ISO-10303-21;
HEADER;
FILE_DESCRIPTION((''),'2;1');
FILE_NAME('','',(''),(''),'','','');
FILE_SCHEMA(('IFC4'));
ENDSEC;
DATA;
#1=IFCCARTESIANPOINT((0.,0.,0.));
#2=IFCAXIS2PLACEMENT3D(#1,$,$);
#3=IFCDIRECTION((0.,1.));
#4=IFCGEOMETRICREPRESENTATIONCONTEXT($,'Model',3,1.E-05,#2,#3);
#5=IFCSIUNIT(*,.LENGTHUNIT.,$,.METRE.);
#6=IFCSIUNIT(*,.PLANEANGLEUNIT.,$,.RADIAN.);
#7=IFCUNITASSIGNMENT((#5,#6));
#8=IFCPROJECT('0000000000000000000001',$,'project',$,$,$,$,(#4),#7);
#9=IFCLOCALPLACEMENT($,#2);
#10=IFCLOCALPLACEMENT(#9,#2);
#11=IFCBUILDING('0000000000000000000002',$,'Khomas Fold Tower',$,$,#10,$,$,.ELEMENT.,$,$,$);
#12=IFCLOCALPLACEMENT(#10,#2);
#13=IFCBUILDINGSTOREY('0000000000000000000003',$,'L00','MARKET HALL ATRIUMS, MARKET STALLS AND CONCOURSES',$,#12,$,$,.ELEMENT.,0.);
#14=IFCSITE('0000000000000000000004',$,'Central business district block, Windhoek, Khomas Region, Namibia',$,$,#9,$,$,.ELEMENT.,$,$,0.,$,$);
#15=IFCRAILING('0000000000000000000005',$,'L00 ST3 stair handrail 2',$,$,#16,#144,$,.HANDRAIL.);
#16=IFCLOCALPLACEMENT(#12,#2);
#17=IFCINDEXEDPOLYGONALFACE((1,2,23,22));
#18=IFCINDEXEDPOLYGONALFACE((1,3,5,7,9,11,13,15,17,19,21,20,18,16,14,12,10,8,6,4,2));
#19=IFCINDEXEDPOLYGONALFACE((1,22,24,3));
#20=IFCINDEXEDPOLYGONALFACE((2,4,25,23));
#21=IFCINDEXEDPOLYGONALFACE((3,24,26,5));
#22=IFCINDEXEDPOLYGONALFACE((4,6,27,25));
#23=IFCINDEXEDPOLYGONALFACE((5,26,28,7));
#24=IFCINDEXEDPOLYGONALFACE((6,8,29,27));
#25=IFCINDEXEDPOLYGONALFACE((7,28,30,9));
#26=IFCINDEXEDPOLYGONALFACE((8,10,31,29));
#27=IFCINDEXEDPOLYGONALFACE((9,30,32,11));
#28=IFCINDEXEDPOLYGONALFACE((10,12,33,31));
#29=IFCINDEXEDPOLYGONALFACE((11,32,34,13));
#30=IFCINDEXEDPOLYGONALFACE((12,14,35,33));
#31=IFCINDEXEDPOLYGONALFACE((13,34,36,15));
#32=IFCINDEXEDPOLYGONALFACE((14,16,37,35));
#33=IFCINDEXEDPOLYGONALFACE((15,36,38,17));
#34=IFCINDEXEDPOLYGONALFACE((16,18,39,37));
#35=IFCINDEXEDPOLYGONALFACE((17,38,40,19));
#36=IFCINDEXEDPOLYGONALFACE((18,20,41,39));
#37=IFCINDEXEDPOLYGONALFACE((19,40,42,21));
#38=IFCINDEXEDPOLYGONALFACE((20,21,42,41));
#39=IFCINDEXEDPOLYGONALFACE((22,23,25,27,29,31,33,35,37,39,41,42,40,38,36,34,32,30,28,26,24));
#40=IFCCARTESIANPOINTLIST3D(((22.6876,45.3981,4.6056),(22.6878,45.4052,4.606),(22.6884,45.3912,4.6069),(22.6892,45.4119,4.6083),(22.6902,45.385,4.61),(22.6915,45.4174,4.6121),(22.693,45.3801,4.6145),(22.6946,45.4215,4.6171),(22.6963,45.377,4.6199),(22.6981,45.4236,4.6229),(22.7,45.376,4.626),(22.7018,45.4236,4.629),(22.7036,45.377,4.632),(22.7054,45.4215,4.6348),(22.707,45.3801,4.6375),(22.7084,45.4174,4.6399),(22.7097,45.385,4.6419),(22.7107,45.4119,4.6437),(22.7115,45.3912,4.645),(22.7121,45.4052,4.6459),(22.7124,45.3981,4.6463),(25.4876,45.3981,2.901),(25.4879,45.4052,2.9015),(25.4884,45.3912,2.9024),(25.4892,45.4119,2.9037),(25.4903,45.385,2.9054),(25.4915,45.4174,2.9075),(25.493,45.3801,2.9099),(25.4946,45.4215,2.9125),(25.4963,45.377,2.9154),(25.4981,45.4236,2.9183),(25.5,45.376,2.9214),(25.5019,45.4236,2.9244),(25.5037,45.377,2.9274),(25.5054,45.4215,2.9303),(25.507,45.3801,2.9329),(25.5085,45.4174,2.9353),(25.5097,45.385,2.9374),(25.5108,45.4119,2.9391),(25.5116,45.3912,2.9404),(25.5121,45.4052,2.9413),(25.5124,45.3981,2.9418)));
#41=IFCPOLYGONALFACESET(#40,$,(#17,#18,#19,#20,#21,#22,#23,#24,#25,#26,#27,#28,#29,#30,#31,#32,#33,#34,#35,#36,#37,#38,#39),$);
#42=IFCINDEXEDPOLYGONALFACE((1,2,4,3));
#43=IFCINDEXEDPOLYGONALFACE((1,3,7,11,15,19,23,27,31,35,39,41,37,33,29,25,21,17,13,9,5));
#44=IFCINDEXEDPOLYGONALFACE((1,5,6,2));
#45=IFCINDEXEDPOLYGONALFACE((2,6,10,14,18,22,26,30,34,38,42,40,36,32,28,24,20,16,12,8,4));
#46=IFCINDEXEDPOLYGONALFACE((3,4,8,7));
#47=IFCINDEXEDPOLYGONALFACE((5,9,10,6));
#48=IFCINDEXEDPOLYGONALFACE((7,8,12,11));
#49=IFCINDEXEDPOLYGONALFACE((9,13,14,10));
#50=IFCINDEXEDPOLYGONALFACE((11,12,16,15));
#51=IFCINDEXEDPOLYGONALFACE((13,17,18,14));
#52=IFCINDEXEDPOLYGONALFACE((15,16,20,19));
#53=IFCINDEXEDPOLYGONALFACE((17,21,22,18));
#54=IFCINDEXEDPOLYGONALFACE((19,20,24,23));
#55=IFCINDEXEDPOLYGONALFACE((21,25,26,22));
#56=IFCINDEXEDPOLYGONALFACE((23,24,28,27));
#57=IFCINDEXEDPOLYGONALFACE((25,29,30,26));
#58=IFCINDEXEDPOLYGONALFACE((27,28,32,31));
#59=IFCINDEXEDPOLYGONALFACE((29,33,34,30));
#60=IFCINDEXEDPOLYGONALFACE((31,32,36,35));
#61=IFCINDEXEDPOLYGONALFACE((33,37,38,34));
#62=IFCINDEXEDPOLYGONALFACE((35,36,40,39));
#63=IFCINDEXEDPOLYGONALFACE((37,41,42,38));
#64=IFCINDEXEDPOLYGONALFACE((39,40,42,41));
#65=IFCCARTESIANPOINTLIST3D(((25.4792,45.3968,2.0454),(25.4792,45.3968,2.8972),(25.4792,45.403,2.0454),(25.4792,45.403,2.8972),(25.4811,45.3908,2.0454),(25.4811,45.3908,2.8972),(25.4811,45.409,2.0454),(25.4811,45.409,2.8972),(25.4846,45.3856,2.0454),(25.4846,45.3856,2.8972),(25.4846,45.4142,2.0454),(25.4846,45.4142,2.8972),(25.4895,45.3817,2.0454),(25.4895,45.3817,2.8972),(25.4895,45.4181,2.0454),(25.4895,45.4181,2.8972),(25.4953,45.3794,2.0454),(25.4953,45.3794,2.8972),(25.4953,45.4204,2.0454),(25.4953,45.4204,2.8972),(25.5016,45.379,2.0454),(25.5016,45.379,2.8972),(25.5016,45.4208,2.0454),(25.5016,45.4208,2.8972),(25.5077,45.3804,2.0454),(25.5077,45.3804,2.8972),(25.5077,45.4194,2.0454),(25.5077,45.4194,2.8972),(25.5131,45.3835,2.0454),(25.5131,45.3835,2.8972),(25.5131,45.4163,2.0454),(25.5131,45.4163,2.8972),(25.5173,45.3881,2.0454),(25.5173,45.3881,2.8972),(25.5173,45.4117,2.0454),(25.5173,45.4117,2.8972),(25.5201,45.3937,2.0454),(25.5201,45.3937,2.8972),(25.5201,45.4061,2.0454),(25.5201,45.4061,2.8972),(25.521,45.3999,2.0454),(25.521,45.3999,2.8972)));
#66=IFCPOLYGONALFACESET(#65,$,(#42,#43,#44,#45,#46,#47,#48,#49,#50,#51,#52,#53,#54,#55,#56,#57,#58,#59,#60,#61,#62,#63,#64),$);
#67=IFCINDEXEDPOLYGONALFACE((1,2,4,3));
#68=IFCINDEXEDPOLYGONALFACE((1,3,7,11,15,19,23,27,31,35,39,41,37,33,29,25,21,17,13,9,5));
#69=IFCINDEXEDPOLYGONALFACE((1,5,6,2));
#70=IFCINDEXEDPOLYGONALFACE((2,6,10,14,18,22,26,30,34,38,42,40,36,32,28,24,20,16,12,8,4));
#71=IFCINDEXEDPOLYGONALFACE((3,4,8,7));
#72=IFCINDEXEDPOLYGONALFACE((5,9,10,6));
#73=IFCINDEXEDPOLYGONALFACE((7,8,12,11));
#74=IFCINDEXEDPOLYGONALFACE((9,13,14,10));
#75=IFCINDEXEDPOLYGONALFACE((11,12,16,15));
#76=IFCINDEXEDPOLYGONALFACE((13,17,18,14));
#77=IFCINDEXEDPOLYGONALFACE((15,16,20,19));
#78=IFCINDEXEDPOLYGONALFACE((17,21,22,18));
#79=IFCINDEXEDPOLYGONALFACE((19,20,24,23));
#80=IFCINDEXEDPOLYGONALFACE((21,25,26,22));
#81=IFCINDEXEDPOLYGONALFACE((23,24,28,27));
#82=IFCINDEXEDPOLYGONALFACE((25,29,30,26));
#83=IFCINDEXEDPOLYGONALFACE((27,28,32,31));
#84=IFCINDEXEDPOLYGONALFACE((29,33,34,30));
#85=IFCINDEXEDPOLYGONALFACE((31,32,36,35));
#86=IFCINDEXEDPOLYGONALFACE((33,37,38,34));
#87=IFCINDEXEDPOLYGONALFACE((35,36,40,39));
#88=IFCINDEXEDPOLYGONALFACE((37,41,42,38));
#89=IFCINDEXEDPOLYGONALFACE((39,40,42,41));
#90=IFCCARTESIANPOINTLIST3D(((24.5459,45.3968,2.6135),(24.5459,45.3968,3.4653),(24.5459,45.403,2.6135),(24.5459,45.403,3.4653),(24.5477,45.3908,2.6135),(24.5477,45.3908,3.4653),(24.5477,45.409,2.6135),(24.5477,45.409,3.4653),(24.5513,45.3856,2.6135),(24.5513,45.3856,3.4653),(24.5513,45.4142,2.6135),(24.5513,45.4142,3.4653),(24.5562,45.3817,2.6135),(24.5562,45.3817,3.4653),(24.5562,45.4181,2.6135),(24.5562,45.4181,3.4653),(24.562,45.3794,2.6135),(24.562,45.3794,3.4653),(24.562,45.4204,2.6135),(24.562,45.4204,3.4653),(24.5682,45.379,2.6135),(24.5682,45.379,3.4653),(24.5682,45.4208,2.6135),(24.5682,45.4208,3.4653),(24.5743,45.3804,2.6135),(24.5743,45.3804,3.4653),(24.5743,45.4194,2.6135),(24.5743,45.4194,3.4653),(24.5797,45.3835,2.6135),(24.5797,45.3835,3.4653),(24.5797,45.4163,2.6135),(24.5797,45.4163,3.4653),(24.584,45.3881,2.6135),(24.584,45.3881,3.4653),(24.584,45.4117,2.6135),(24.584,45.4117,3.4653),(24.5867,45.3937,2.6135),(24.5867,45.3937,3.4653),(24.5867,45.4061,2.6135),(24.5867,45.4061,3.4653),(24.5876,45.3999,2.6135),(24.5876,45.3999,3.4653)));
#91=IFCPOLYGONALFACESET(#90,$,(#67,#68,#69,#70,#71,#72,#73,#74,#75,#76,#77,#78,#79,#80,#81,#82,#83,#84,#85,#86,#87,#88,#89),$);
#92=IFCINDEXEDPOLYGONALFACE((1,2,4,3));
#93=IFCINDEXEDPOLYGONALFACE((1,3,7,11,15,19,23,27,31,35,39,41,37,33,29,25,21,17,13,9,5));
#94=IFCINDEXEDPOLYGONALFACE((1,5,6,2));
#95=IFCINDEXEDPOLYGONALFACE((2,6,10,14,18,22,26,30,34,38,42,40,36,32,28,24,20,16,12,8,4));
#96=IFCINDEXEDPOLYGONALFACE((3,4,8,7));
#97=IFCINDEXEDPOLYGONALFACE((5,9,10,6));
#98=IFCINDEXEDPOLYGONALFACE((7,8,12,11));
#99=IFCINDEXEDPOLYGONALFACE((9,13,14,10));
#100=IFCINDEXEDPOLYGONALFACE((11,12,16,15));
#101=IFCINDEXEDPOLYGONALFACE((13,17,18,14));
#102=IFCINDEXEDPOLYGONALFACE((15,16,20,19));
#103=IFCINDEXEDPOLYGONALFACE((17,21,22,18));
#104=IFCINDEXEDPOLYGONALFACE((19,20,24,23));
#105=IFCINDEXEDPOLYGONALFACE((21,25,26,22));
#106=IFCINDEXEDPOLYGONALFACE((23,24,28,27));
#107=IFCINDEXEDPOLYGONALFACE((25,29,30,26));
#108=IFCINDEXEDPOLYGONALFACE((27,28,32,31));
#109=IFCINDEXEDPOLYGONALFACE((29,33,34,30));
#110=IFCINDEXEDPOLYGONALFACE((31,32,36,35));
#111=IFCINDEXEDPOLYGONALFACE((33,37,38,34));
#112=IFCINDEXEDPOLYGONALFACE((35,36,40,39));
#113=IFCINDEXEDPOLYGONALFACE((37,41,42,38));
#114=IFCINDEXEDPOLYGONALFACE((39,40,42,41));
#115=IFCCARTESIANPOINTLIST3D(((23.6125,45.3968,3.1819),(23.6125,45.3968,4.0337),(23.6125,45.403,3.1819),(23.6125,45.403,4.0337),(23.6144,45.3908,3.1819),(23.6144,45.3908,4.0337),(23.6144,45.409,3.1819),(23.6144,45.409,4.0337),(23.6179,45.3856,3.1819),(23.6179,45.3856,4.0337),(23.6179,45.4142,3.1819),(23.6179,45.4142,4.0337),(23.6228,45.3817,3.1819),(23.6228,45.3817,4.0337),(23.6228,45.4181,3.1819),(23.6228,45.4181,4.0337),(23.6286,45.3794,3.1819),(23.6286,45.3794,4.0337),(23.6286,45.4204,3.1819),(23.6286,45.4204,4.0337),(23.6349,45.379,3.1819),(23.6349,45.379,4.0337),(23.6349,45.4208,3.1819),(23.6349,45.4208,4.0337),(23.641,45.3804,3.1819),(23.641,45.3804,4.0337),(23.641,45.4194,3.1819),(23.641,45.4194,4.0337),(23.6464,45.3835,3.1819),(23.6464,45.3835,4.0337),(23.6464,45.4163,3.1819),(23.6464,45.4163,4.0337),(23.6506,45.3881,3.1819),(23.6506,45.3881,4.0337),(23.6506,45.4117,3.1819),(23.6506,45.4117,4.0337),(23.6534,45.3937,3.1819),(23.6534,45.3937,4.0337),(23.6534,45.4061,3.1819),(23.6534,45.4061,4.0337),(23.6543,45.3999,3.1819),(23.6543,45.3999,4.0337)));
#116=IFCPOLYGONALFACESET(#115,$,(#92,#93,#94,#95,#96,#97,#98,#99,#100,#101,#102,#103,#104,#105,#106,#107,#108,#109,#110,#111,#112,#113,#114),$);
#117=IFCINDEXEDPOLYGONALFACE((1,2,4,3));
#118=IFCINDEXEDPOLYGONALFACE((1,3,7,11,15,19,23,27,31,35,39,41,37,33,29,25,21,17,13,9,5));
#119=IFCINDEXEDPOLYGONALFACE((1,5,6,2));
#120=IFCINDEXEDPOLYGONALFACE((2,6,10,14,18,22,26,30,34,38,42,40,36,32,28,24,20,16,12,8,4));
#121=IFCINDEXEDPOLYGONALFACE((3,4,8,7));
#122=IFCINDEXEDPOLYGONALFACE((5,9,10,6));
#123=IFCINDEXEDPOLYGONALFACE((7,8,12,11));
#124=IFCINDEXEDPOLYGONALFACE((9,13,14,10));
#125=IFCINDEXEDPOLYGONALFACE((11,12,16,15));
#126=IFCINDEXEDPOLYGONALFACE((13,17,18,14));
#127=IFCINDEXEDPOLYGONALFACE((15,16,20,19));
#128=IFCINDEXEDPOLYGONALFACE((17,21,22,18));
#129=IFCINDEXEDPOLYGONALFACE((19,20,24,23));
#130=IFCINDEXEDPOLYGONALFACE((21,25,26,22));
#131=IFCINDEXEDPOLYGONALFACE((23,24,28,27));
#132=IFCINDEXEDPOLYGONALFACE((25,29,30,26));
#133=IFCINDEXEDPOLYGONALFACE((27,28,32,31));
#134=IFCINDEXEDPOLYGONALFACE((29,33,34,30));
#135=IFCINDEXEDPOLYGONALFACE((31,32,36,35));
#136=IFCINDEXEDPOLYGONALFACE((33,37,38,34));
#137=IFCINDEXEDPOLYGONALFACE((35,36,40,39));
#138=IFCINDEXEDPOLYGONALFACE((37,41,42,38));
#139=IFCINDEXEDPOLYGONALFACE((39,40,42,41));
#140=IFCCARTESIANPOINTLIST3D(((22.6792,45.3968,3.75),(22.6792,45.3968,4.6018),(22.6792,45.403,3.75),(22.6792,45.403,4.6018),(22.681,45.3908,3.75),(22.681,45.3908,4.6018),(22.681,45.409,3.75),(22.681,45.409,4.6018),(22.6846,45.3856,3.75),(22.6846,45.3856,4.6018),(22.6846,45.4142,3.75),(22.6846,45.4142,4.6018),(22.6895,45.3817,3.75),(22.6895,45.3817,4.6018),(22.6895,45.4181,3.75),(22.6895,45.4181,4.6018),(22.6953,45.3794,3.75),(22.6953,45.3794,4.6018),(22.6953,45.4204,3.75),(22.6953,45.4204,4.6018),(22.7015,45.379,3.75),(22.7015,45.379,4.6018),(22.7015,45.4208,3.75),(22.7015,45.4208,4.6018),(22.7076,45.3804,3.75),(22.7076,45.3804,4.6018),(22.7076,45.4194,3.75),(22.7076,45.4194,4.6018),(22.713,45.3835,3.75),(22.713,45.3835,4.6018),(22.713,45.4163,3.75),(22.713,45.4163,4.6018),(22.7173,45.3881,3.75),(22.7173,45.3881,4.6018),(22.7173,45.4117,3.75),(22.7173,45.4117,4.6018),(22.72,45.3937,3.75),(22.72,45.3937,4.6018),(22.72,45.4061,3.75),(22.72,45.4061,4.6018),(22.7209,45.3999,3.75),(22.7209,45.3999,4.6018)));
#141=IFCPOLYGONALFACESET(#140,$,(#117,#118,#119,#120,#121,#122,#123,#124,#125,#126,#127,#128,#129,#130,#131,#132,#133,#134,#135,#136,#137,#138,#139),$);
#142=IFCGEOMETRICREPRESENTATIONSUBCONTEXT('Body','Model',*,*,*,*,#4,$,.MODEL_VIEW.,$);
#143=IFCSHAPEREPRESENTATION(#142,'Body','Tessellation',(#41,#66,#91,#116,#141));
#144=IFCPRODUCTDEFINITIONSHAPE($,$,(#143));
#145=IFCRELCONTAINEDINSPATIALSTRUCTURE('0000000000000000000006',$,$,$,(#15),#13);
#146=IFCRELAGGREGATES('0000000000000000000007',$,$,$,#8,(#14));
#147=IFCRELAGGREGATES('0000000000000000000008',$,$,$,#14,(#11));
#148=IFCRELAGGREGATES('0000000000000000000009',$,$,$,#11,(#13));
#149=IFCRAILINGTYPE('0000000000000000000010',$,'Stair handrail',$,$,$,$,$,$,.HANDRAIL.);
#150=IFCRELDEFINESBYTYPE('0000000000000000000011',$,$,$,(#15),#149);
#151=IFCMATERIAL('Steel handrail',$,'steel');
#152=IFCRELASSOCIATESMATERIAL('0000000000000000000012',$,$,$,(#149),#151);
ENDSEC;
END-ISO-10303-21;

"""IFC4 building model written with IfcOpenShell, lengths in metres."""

from ifc_helpers import new_model, si_unit, direction, frame, origin, origin_2d, place, context, subcontext, project, spatial, circle, extrude, source, transform, mapped, material, type_object, element, save


model = new_model("IFC4")

# Units and contexts
model_context = context("Model", 3, precision=1e-05, world=origin(), true_north=direction((0.0, 1.0)))
body_context = subcontext(model_context, "Body", "Model", "MODEL_VIEW")
ifc_project = project(units=[si_unit("LENGTHUNIT", "METRE"), si_unit("PLANEANGLEUNIT", "RADIAN")], contexts=[model_context])

# Site, building, storey
site_placement = place(None, origin())
site = spatial("IfcSite", under=ifc_project, at=site_placement, Name="Central business district block, Windhoek, Khomas Region, Namibia", CompositionType="ELEMENT", RefElevation=0.0)
building_placement = place(site_placement, origin())
building = spatial("IfcBuilding", under=site, at=building_placement, Name="Khomas Fold Tower", CompositionType="ELEMENT")
storey_placement = place(building_placement, origin())
storey = spatial("IfcBuildingStorey", under=building, at=storey_placement, Name="L00", Description="MARKET HALL ATRIUMS, MARKET STALLS AND CONCOURSES", CompositionType="ELEMENT", Elevation=0.0)

# Railing
ifc_material_1 = material(Name="Steel handrail", Category="steel")
railing_type = type_object("IfcRailingType", Name="Stair handrail", PredefinedType="HANDRAIL", material=ifc_material_1)
shared_shape_1 = source(origin(), body_context, "Body", "SweptSolid", [
    extrude(circle(Radius=0.0239, at=origin_2d()), frame((0.0, 0.0, 0.876), z_axis=(-0.85417, 0.0, 0.519994), x_axis=(0.0, -1.0, 0.0)), (0.0, 0.0, 1.0), 3.2781),
    extrude(circle(Radius=0.021, at=origin_2d()), origin(), (0.0, 0.0, 1.0), 0.8518),
    extrude(circle(Radius=0.021, at=origin_2d()), frame((-0.9333, 0.0, 0.5681)), (0.0, 0.0, 1.0), 0.8518),
    extrude(circle(Radius=0.021, at=origin_2d()), frame((-1.8667, 0.0, 1.1365)), (0.0, 0.0, 1.0), 0.8518),
    extrude(circle(Radius=0.021, at=origin_2d()), frame((-2.8, 0.0, 1.7046)), (0.0, 0.0, 1.0), 0.8518),
])
for number, where, name in (
    (1, (25.5, 45.3999, 2.0454), "L00 ST3 stair handrail 2"),
):
    element("IfcRailing", number, at=place(storey_placement, frame(where)), inside=storey, type_object=railing_type, Name=name, PredefinedType="HANDRAIL", context=body_context, shape_type="MappedRepresentation", body=[
        mapped(shared_shape_1, transform((0.0, 0.0, 0.0))),
    ])

save(model, "model.ifc")
